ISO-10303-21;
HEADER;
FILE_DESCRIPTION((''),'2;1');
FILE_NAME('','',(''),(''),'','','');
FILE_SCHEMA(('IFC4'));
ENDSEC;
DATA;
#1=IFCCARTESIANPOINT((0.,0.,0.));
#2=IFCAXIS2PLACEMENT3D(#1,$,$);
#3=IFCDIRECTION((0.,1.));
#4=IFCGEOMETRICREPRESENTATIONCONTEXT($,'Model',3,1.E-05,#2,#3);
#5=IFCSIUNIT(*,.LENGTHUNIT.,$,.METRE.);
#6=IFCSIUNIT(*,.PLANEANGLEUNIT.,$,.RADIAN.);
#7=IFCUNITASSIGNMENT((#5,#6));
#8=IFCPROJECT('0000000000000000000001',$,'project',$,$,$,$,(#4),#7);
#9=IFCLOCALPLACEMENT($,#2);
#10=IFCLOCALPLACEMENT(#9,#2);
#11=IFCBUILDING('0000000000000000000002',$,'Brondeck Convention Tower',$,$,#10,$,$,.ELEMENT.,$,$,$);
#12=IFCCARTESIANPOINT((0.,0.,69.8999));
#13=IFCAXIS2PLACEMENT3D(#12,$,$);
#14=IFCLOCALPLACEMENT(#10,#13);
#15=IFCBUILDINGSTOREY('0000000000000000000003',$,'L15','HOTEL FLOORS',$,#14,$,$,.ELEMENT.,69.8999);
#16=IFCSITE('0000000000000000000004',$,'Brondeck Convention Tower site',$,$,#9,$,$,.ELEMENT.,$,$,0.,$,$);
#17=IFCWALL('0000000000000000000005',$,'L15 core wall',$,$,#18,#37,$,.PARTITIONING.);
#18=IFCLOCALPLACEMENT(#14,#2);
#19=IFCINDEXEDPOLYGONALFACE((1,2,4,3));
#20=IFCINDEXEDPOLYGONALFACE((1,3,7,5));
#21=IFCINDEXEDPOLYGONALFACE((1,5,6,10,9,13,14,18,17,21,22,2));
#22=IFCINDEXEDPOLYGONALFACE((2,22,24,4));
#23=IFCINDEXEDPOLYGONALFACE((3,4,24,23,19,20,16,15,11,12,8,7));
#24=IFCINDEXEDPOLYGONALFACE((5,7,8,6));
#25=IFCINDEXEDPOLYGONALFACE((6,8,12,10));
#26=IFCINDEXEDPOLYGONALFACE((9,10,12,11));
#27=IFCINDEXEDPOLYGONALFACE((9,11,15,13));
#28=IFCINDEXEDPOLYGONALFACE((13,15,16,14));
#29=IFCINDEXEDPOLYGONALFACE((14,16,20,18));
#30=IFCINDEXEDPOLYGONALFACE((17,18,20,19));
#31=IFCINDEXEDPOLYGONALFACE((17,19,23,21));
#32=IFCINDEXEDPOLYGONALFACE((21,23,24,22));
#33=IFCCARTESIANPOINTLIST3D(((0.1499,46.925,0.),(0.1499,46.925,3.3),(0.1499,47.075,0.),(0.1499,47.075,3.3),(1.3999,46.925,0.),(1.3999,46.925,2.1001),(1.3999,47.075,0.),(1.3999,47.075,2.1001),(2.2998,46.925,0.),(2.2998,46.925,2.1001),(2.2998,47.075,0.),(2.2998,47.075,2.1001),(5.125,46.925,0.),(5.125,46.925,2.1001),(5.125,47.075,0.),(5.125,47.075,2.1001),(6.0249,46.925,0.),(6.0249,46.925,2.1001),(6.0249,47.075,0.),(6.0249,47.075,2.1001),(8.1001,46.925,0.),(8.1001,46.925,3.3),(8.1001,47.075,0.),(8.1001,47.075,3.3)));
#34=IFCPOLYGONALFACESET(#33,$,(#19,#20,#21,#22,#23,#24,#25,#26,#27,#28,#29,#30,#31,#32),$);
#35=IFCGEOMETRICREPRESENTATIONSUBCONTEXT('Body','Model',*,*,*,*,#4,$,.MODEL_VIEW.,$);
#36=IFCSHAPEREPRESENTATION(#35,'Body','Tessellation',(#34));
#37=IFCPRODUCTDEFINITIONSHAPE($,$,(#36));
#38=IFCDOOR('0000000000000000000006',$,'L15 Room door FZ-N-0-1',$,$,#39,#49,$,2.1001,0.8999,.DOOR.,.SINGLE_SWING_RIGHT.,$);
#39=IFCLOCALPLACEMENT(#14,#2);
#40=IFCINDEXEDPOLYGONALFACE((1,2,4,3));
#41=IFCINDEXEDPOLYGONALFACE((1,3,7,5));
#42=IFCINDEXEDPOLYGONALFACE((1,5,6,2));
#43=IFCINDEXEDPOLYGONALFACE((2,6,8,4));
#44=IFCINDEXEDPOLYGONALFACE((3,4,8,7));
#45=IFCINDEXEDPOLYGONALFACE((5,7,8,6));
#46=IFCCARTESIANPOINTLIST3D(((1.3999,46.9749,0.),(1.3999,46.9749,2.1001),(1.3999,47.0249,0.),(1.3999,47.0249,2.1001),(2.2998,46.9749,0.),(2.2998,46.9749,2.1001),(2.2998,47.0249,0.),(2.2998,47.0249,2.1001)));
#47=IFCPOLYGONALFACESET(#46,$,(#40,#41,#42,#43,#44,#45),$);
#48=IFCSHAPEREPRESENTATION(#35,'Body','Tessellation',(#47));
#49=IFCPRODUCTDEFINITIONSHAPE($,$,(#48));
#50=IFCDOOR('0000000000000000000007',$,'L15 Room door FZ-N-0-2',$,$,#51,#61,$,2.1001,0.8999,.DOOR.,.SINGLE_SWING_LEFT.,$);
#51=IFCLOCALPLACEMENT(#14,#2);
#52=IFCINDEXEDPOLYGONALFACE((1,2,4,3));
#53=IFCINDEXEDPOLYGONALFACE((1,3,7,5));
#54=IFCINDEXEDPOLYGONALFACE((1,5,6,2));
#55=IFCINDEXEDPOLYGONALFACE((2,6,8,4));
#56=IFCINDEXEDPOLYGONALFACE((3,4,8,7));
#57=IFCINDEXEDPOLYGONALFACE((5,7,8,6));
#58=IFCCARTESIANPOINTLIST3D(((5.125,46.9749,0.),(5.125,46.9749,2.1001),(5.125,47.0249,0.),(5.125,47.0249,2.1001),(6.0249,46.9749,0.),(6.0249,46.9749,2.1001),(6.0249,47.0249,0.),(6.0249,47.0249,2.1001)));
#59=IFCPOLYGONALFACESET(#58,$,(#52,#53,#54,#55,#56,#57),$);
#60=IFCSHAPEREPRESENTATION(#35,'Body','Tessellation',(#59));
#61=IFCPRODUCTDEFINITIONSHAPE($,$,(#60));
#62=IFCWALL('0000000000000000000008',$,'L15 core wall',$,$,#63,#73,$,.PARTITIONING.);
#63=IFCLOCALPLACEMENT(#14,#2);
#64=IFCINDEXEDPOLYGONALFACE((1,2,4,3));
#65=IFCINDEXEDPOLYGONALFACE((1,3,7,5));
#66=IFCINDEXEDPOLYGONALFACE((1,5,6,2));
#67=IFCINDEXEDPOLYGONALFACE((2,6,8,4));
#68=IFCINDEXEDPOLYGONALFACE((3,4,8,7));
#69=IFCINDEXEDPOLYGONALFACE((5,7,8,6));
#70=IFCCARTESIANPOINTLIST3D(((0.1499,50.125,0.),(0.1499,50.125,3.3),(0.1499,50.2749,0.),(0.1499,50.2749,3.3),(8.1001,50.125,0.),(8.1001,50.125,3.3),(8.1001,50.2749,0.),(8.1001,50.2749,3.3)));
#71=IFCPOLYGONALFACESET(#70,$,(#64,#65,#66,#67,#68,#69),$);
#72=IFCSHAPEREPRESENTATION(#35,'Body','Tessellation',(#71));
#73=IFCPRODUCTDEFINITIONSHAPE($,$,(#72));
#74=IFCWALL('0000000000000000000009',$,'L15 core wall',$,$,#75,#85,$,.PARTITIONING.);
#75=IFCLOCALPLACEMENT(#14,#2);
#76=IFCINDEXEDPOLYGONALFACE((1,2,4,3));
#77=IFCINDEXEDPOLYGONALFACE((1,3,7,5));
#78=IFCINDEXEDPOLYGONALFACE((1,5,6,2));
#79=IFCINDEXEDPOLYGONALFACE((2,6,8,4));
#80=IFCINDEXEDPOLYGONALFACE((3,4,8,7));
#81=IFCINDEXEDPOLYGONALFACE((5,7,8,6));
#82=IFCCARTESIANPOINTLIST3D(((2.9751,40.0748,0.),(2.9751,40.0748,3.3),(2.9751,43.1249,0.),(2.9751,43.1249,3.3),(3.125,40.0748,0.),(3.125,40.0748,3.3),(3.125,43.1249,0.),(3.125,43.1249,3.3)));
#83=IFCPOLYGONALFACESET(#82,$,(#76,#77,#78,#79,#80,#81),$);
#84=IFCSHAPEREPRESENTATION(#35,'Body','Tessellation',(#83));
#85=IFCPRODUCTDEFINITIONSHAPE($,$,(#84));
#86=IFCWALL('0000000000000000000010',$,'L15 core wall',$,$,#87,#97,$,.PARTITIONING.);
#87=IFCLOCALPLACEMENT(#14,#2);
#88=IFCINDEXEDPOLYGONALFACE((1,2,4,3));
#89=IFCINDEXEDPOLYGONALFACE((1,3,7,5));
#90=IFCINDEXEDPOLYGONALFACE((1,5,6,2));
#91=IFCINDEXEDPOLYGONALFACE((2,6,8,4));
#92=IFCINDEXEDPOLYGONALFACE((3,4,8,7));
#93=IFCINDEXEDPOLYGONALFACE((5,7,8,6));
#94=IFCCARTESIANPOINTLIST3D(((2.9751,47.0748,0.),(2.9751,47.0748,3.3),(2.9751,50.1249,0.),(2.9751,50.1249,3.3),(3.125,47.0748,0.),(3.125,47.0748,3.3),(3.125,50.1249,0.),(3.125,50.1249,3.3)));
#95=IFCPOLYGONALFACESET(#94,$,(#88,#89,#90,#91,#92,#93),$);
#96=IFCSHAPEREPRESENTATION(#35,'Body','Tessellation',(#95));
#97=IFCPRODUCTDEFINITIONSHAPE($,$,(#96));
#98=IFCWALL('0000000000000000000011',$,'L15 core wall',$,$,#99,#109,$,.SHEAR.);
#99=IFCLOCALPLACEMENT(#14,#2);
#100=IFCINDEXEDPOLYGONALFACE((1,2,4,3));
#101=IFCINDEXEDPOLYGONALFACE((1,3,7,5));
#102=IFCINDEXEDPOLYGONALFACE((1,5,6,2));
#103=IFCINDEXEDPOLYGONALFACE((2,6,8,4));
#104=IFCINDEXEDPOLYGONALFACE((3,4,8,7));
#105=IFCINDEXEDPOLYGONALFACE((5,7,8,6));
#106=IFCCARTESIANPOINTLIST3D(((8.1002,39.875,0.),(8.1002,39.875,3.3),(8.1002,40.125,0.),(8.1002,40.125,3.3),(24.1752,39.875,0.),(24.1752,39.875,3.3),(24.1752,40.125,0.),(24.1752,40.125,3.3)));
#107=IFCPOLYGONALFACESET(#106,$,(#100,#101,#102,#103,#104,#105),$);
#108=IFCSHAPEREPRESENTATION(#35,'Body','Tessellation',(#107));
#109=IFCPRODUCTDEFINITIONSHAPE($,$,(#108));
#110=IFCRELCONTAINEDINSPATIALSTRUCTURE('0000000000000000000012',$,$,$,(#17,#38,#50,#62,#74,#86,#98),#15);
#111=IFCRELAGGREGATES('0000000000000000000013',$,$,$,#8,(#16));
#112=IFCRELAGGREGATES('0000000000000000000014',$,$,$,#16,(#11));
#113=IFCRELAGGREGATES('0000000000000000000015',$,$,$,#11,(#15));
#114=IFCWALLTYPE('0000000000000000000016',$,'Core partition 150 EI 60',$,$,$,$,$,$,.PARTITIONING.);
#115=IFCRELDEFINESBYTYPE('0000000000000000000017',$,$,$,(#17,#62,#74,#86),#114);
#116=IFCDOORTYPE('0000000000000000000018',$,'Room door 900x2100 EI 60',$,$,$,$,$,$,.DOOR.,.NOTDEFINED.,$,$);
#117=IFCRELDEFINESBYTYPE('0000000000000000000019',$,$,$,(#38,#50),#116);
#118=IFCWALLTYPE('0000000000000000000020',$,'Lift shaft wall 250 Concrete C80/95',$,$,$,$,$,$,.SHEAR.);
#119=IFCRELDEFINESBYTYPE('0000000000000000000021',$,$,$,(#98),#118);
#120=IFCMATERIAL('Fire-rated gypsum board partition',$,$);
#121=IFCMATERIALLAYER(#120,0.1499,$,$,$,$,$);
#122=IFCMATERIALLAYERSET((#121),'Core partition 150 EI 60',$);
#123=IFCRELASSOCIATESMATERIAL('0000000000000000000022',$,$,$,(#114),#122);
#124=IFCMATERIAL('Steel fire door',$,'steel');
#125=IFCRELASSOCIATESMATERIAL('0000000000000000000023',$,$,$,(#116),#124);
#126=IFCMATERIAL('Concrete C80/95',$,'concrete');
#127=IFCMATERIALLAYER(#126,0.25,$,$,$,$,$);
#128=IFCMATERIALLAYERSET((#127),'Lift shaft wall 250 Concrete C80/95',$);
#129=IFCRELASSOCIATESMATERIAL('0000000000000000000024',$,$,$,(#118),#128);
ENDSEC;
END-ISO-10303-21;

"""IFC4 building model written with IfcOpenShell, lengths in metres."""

from ifc_helpers import new_model, si_unit, direction, frame, frame_2d, origin, place, context, subcontext, project, spatial, rectangle, extrude, material, layer, layer_set, type_object, element, fill, save


model = new_model("IFC4")

# Units and contexts
model_context = context("Model", 3, precision=1e-05, world=origin(), true_north=direction((0.0, 1.0)))
body_context = subcontext(model_context, "Body", "Model", "MODEL_VIEW")
ifc_project = project(units=[si_unit("LENGTHUNIT", "METRE"), si_unit("PLANEANGLEUNIT", "RADIAN")], contexts=[model_context])

# Site, building, storey
site_placement = place(None, origin())
site = spatial("IfcSite", under=ifc_project, at=site_placement, Name="Brondeck Convention Tower site", CompositionType="ELEMENT", RefElevation=0.0)
building_placement = place(site_placement, origin())
building = spatial("IfcBuilding", under=site, at=building_placement, Name="Brondeck Convention Tower", CompositionType="ELEMENT")
storey_placement = place(building_placement, frame((0.0, 0.0, 69.8999)))
storey = spatial("IfcBuildingStorey", under=building, at=storey_placement, Name="L15", Description="HOTEL FLOORS", CompositionType="ELEMENT", Elevation=69.8999)

# Shared definitions
ifc_material_1 = material(Name="Concrete C80/95", Category="concrete")

# Shared definitions
ifc_material_2 = material(Name="Fire-rated gypsum board partition")
ifc_layer_1 = layer(ifc_material_2, 0.1499)
ifc_layer_set_1 = layer_set([ifc_layer_1], Name="Core partition 150 EI 60")
wall_type_1 = type_object("IfcWallType", Name="Core partition 150 EI 60", PredefinedType="PARTITIONING", material=ifc_layer_set_1)

# Wall, openings, doors
ifc_material_3 = material(Name="Steel fire door", Category="steel")
door_type = type_object("IfcDoorType", Name="Room door 900x2100 EI 60", OperationType="NOTDEFINED", PredefinedType="DOOR", material=ifc_material_3)
wall_1_placement = place(storey_placement, frame((0.1499, 47.0, 0.0), z_axis=(0.0, 0.0, 1.0), x_axis=(1.0, 0.0, 0.0)))
wall_1 = element("IfcWall", 1, at=wall_1_placement, inside=storey, type_object=wall_type_1, Name="L15 core wall", PredefinedType="PARTITIONING", context=body_context, shape_type="SweptSolid", body=[
    extrude(rectangle(XDim=7.9502, YDim=0.1499, at=frame_2d((3.9751, 0.0))), origin(), (0.0, 0.0, 1.0), 3.3),
])
opening_1_placement = place(wall_1_placement, frame((1.25, 0.0, 0.0)))
opening_1 = element("IfcOpeningElement", 2, at=opening_1_placement, cuts=wall_1, PredefinedType="OPENING", context=body_context, shape_type="SweptSolid", body=[
    extrude(rectangle(XDim=0.8999, YDim=2.1001, at=frame_2d((0.45, 1.05))), frame((0.0, 0.085, 0.0), z_axis=(0.0, -1.0, 0.0), x_axis=(1.0, 0.0, 0.0)), (0.0, 0.0, 1.0), 0.1699),
])
opening_2_placement = place(wall_1_placement, frame((4.9751, 0.0, 0.0)))
opening_2 = element("IfcOpeningElement", 3, at=opening_2_placement, cuts=wall_1, PredefinedType="OPENING", context=body_context, shape_type="SweptSolid", body=[
    extrude(rectangle(XDim=0.8999, YDim=2.1001, at=frame_2d((0.45, 1.05))), frame((0.0, 0.085, 0.0), z_axis=(0.0, -1.0, 0.0), x_axis=(1.0, 0.0, 0.0)), (0.0, 0.0, 1.0), 0.1699),
])
door_1_placement = place(opening_1_placement, origin())
door_1 = element("IfcDoor", 4, at=door_1_placement, inside=storey, type_object=door_type, Name="L15 Room door FZ-N-0-1", OperationType="SINGLE_SWING_RIGHT", OverallHeight=2.1001, OverallWidth=0.8999, PredefinedType="DOOR", context=body_context, shape_type="SweptSolid", body=[
    extrude(rectangle(XDim=0.8999, YDim=2.1001, at=frame_2d((0.45, 1.05))), frame((0.0, 0.0249, 0.0), z_axis=(0.0, -1.0, 0.0), x_axis=(1.0, 0.0, 0.0)), (0.0, 0.0, 1.0), 0.05),
])
fill(opening_1, door_1)
door_2_placement = place(opening_2_placement, origin())
door_2 = element("IfcDoor", 5, at=door_2_placement, inside=storey, type_object=door_type, Name="L15 Room door FZ-N-0-2", OperationType="SINGLE_SWING_LEFT", OverallHeight=2.1001, OverallWidth=0.8999, PredefinedType="DOOR", context=body_context, shape_type="SweptSolid", body=[
    extrude(rectangle(XDim=0.8999, YDim=2.1001, at=frame_2d((0.45, 1.05))), frame((0.0, 0.0249, 0.0), z_axis=(0.0, -1.0, 0.0), x_axis=(1.0, 0.0, 0.0)), (0.0, 0.0, 1.0), 0.05),
])
fill(opening_2, door_2)

# Walls
wall_2_placement = place(storey_placement, frame((0.1499, 50.2, 0.0), z_axis=(0.0, 0.0, 1.0), x_axis=(1.0, 0.0, 0.0)))
element("IfcWall", 6, at=wall_2_placement, inside=storey, type_object=wall_type_1, Name="L15 core wall", PredefinedType="PARTITIONING", context=body_context, shape_type="SweptSolid", body=[
    extrude(rectangle(XDim=7.9502, YDim=0.1499, at=frame_2d((3.9751, 0.0))), origin(), (0.0, 0.0, 1.0), 3.3),
])
for number, where, z_axis, x_axis, name in (
    (7, (3.05, 40.075, 0.0), (0.0, 0.0, 1.0), (0.0, 1.0, 0.0), "L15 core wall"),
    (8, (3.05, 47.075, 0.0), (0.0, 0.0, 1.0), (0.0, 1.0, 0.0), "L15 core wall"),
):
    element("IfcWall", number, at=place(storey_placement, frame(where, z_axis=z_axis, x_axis=x_axis)), inside=storey, type_object=wall_type_1, Name=name, PredefinedType="PARTITIONING", context=body_context, shape_type="SweptSolid", body=[
        extrude(rectangle(XDim=3.05, YDim=0.1499, at=frame_2d((1.5249, 0.0))), origin(), (0.0, 0.0, 1.0), 3.3),
    ])
ifc_layer_2 = layer(ifc_material_1, 0.25)
ifc_layer_set_2 = layer_set([ifc_layer_2], Name="Lift shaft wall 250 Concrete C80/95")
wall_type_2 = type_object("IfcWallType", Name="Lift shaft wall 250 Concrete C80/95", PredefinedType="SHEAR", material=ifc_layer_set_2)
wall_3_placement = place(storey_placement, frame((8.1001, 40.0, 0.0), z_axis=(0.0, 0.0, 1.0), x_axis=(1.0, 0.0, 0.0)))
element("IfcWall", 9, at=wall_3_placement, inside=storey, type_object=wall_type_2, Name="L15 core wall", PredefinedType="SHEAR", context=body_context, shape_type="SweptSolid", body=[
    extrude(rectangle(XDim=16.075, YDim=0.25, at=frame_2d((8.0376, 0.0))), origin(), (0.0, 0.0, 1.0), 3.3),
])

save(model, "model.ifc")
